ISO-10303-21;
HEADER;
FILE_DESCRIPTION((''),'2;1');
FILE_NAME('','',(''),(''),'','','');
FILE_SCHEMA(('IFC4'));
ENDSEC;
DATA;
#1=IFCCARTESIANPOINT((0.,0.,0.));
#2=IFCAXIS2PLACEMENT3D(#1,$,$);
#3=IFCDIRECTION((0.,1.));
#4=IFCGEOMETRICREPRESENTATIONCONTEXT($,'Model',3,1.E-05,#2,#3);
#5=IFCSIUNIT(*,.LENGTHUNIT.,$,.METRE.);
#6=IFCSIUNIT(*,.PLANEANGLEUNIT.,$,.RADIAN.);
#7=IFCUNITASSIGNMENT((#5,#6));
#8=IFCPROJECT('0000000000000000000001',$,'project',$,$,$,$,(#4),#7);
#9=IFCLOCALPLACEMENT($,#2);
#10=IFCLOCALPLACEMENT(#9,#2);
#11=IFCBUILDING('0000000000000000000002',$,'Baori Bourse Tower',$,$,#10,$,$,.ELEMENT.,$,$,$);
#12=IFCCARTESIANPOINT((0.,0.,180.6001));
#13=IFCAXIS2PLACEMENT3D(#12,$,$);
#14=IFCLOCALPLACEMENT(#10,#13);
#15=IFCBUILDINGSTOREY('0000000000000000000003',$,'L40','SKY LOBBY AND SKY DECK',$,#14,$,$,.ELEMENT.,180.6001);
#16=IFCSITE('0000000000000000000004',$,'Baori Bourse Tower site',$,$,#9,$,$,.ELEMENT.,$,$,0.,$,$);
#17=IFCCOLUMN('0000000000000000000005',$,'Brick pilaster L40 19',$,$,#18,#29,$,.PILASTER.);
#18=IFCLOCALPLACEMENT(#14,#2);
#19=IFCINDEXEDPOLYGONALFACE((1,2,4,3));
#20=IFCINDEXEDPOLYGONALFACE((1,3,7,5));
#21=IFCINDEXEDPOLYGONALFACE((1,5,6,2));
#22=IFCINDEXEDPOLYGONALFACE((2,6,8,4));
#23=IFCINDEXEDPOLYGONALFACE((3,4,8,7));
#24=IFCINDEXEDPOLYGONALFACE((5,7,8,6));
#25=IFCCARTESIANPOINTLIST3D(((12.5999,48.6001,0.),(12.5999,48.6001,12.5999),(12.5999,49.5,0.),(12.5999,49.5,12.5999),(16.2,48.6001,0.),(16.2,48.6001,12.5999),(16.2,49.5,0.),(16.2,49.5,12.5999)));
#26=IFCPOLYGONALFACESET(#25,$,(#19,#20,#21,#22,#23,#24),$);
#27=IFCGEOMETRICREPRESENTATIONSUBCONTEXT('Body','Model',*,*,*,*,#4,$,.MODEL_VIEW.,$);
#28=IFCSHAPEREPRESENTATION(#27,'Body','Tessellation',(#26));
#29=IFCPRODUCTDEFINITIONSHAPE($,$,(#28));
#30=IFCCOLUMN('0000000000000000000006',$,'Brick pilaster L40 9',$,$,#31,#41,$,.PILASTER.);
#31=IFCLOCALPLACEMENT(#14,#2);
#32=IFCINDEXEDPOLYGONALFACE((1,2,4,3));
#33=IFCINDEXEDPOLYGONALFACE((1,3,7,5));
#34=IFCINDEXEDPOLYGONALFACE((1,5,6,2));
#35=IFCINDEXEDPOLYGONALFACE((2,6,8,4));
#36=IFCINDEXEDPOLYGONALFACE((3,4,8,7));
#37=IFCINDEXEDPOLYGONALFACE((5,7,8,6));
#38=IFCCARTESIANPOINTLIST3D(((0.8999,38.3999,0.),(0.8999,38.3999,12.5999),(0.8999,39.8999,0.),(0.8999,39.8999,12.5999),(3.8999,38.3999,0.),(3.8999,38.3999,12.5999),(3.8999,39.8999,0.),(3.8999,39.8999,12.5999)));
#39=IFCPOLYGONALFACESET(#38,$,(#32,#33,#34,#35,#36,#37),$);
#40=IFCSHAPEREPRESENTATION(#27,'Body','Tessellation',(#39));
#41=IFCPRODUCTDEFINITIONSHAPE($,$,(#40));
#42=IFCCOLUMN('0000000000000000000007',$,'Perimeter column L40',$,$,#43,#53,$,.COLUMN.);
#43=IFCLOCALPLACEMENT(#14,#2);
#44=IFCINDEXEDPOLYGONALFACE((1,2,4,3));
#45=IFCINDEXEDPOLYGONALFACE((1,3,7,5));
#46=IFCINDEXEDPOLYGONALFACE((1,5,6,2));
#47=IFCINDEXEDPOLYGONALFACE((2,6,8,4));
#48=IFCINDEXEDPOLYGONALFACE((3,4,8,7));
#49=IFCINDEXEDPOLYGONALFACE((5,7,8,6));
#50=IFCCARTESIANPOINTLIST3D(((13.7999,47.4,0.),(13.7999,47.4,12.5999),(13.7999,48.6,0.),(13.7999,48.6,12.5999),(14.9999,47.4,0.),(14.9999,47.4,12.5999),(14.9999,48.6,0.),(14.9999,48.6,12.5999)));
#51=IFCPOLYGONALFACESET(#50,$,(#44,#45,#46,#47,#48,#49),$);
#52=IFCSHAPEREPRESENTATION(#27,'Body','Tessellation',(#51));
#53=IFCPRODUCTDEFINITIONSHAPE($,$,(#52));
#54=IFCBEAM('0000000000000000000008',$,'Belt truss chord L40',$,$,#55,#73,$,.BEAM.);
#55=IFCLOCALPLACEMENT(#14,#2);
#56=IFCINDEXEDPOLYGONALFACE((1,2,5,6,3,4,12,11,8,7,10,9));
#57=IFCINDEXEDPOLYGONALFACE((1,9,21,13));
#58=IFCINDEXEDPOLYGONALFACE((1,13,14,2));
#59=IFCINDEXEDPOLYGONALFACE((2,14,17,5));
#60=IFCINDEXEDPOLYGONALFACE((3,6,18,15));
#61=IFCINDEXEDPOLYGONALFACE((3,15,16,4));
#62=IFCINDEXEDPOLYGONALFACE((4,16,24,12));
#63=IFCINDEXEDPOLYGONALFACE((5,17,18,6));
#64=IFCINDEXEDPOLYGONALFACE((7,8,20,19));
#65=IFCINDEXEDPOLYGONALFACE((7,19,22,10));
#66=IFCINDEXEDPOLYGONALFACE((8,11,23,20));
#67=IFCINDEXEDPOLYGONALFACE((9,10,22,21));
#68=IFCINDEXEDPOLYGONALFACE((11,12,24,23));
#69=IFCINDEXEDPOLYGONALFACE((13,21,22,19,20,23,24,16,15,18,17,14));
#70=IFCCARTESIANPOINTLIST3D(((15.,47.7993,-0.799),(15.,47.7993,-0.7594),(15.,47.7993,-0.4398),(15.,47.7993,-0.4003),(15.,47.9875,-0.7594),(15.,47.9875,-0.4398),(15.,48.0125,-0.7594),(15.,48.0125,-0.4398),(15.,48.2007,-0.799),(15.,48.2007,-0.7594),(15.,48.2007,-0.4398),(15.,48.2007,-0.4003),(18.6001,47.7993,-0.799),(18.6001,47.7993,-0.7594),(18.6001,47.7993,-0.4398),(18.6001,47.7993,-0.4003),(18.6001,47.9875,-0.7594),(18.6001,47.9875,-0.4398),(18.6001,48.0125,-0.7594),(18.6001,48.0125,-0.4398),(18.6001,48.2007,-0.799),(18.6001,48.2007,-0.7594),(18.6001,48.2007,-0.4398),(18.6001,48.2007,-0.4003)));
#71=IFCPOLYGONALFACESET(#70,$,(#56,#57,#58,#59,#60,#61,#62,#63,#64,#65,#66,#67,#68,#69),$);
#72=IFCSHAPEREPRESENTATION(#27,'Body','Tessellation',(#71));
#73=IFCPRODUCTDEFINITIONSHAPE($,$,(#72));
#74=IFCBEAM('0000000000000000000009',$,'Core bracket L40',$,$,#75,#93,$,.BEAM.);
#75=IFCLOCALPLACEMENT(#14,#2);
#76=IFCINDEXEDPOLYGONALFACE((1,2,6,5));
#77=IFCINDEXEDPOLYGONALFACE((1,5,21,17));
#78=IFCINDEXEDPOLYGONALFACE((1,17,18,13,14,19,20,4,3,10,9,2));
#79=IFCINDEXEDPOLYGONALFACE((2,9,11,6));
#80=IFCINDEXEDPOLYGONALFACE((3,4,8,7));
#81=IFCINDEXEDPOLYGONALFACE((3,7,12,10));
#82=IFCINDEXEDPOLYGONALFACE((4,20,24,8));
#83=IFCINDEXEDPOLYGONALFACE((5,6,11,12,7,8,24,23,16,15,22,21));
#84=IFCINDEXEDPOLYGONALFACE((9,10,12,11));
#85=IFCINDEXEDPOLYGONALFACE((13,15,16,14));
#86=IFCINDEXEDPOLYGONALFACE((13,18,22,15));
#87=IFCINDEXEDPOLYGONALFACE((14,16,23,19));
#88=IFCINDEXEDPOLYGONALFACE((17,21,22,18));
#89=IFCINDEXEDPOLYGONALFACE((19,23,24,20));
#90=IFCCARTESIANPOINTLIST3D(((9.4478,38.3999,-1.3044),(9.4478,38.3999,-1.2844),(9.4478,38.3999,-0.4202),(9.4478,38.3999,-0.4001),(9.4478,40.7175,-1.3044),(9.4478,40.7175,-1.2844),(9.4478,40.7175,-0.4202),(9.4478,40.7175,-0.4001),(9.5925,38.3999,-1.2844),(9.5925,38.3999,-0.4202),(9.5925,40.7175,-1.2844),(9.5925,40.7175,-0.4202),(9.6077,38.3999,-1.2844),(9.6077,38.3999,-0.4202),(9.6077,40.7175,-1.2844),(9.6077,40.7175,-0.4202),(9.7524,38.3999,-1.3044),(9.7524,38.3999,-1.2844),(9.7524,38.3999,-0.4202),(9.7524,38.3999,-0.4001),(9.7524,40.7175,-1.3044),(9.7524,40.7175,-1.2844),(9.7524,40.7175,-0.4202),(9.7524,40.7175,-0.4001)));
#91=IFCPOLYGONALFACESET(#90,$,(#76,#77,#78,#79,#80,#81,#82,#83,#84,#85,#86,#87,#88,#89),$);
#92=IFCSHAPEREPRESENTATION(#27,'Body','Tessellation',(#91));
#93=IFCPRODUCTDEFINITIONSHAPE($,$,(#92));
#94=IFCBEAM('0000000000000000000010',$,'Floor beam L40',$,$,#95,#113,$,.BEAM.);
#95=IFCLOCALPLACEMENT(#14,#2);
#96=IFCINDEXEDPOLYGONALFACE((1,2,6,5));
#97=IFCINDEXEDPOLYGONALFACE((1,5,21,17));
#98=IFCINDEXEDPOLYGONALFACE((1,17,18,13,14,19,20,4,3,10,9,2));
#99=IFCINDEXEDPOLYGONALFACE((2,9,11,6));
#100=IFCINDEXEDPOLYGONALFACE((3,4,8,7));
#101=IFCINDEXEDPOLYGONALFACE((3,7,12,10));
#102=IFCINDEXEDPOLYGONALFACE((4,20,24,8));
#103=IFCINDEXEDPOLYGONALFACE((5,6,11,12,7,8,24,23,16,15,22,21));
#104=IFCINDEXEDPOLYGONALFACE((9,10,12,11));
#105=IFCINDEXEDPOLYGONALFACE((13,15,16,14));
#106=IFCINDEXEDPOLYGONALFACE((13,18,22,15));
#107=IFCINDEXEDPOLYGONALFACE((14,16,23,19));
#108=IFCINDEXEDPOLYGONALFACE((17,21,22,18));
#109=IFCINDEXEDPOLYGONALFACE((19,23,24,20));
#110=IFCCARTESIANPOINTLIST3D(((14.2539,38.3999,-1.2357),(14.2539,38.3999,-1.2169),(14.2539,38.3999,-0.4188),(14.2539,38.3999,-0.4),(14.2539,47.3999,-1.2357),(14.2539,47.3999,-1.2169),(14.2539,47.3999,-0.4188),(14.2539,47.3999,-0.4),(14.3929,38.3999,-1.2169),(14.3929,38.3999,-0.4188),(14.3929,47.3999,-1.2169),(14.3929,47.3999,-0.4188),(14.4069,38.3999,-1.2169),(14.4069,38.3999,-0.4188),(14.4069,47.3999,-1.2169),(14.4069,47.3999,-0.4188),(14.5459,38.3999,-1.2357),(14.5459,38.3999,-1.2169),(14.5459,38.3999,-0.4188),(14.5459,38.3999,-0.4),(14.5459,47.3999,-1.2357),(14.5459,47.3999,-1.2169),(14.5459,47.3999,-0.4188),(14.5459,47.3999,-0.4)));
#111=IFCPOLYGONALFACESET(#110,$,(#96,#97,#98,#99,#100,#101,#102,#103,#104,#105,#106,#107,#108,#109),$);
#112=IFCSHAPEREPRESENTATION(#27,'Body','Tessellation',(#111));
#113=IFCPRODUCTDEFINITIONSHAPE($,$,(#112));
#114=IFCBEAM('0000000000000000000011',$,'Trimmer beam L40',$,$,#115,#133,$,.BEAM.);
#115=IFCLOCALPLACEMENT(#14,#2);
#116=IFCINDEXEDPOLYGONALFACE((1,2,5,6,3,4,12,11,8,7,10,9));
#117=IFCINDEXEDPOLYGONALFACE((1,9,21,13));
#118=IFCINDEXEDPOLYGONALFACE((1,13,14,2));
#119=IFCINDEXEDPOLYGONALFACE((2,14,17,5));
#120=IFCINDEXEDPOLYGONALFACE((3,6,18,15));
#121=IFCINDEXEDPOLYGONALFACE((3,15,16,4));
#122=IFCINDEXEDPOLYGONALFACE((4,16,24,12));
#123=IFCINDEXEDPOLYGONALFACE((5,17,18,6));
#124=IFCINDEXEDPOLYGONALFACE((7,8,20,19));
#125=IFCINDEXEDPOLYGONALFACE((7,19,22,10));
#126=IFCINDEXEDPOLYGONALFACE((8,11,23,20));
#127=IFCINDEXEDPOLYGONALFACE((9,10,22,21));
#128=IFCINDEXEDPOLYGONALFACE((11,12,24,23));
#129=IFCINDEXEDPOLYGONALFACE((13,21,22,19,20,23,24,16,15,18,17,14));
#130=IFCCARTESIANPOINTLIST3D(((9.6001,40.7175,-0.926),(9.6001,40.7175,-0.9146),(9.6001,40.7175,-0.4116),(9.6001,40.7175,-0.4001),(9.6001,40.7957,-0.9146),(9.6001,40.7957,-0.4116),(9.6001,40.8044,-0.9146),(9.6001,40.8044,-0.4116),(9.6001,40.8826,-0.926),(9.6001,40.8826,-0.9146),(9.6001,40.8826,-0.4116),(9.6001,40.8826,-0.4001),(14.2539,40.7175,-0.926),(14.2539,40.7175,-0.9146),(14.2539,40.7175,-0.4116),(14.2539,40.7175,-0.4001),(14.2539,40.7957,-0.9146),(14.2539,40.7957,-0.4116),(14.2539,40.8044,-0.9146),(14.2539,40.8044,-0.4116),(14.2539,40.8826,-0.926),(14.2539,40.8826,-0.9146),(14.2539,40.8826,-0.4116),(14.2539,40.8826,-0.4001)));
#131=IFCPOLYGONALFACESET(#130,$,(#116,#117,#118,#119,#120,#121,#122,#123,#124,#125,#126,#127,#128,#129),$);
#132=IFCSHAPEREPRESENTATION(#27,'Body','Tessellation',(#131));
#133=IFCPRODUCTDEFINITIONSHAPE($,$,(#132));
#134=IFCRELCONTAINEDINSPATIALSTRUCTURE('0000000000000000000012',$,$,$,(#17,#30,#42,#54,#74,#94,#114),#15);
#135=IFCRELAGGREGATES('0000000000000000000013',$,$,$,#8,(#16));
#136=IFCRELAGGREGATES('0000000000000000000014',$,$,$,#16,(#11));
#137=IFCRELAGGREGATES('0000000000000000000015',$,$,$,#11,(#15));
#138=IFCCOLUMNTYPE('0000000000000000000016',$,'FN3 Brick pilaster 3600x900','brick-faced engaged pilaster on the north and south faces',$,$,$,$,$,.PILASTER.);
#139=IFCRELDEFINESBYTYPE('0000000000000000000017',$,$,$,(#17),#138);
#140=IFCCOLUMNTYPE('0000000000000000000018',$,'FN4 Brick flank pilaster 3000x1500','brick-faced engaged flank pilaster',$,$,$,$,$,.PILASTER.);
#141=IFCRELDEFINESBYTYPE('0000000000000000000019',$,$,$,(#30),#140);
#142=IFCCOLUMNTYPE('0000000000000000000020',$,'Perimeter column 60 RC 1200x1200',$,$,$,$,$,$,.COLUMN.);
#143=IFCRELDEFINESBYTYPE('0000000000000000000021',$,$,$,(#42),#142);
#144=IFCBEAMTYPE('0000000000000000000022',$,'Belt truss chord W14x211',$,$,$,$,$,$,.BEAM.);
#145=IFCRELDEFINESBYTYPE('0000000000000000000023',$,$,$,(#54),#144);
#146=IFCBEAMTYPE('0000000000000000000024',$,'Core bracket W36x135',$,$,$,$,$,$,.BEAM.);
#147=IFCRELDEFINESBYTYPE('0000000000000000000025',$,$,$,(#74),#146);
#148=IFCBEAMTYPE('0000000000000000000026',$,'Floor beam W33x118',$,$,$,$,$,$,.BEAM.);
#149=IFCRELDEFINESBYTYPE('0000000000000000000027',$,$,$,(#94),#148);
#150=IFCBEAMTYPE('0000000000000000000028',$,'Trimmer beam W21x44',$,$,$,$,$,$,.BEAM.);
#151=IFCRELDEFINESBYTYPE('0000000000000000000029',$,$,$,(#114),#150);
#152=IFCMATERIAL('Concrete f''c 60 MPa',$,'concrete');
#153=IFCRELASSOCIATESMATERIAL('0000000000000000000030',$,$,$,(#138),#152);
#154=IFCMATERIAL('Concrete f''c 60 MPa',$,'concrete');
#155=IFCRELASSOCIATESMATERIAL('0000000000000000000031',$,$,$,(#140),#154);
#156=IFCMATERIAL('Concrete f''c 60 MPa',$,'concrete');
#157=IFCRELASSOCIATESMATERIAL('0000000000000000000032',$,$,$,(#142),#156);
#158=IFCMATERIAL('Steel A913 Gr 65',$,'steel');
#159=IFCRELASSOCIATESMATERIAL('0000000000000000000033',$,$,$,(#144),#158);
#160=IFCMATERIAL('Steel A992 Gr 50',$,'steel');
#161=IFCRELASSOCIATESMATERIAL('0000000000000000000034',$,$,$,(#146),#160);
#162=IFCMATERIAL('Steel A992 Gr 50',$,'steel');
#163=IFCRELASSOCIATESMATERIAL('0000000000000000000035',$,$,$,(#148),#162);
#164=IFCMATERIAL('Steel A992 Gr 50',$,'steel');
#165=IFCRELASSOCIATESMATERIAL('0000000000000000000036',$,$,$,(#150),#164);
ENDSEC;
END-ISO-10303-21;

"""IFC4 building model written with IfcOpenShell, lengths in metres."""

from ifc_helpers import new_model, si_unit, direction, frame, origin, origin_2d, place, context, subcontext, project, spatial, rectangle, i_section, extrude, material, material_profile, profile_set, type_object, element, save


model = new_model("IFC4")

# Units and contexts
model_context = context("Model", 3, precision=1e-05, world=origin(), true_north=direction((0.0, 1.0)))
body_context = subcontext(model_context, "Body", "Model", "MODEL_VIEW")
ifc_project = project(units=[si_unit("LENGTHUNIT", "METRE"), si_unit("PLANEANGLEUNIT", "RADIAN")], contexts=[model_context])

# Site, building, storey
site_placement = place(None, origin())
site = spatial("IfcSite", under=ifc_project, at=site_placement, Name="Baori Bourse Tower site", CompositionType="ELEMENT", RefElevation=0.0)
building_placement = place(site_placement, origin())
building = spatial("IfcBuilding", under=site, at=building_placement, Name="Baori Bourse Tower", CompositionType="ELEMENT")
storey_placement = place(building_placement, frame((0.0, 0.0, 180.6001)))
storey = spatial("IfcBuildingStorey", under=building, at=storey_placement, Name="L40", Description="SKY LOBBY AND SKY DECK", CompositionType="ELEMENT", Elevation=180.6001)

# Columns
ifc_material_1 = material(Name="Concrete f'c 60 MPa", Category="concrete")
ifc_material_profile_1 = material_profile(ifc_material_1, rectangle(XDim=3.6001, YDim=0.8999, at=origin_2d()), Name="RC 3600x900")
ifc_profile_set_1 = profile_set([ifc_material_profile_1], Name="Concrete f'c 60 MPa")
column_type_1 = type_object("IfcColumnType", Name="FN3 Brick pilaster 3600x900", Description="brick-faced engaged pilaster on the north and south faces", PredefinedType="PILASTER", material=ifc_profile_set_1)
column_1_placement = place(storey_placement, frame((14.3999, 49.05, 0.0), z_axis=(0.0, 0.0, 1.0), x_axis=(1.0, 0.0, 0.0)))
element("IfcColumn", 1, at=column_1_placement, inside=storey, type_object=column_type_1, Name="Brick pilaster L40 19", PredefinedType="PILASTER", context=body_context, shape_type="SweptSolid", body=[
    extrude(rectangle(XDim=3.6001, YDim=0.8999, at=origin_2d()), origin(), (0.0, 0.0, 1.0), 12.5999),
])
ifc_material_2 = material(Name="Concrete f'c 60 MPa", Category="concrete")
ifc_material_profile_2 = material_profile(ifc_material_2, rectangle(XDim=3.0, YDim=1.5, at=origin_2d()), Name="RC 3000x1500")
ifc_profile_set_2 = profile_set([ifc_material_profile_2], Name="Concrete f'c 60 MPa")
column_type_2 = type_object("IfcColumnType", Name="FN4 Brick flank pilaster 3000x1500", Description="brick-faced engaged flank pilaster", PredefinedType="PILASTER", material=ifc_profile_set_2)
column_2_placement = place(storey_placement, frame((2.3999, 39.1499, 0.0), z_axis=(0.0, 0.0, 1.0), x_axis=(1.0, 0.0, 0.0)))
element("IfcColumn", 2, at=column_2_placement, inside=storey, type_object=column_type_2, Name="Brick pilaster L40 9", PredefinedType="PILASTER", context=body_context, shape_type="SweptSolid", body=[
    extrude(rectangle(XDim=3.0, YDim=1.5, at=origin_2d()), origin(), (0.0, 0.0, 1.0), 12.5999),
])
ifc_material_3 = material(Name="Concrete f'c 60 MPa", Category="concrete")
ifc_material_profile_3 = material_profile(ifc_material_3, rectangle(XDim=1.2, YDim=1.2, at=origin_2d()), Name="RC 1200x1200")
ifc_profile_set_3 = profile_set([ifc_material_profile_3], Name="Concrete f'c 60 MPa")
column_type_3 = type_object("IfcColumnType", Name="Perimeter column 60 RC 1200x1200", PredefinedType="COLUMN", material=ifc_profile_set_3)
column_3_placement = place(storey_placement, frame((14.3999, 48.0, 0.0), z_axis=(0.0, 0.0, 1.0), x_axis=(1.0, 0.0, 0.0)))
element("IfcColumn", 3, at=column_3_placement, inside=storey, type_object=column_type_3, Name="Perimeter column L40", PredefinedType="COLUMN", context=body_context, shape_type="SweptSolid", body=[
    extrude(rectangle(XDim=1.2, YDim=1.2, at=origin_2d()), origin(), (0.0, 0.0, 1.0), 12.5999),
])

# Beams
ifc_material_4 = material(Name="Steel A913 Gr 65", Category="steel")
ifc_material_profile_4 = material_profile(ifc_material_4, i_section(OverallWidth=0.4014, OverallDepth=0.3987, WebThickness=0.0249, FlangeThickness=0.0396, at=origin_2d()), Name="W14x211")
ifc_profile_set_4 = profile_set([ifc_material_profile_4], Name="Steel A913 Gr 65")
beam_type_1 = type_object("IfcBeamType", Name="Belt truss chord W14x211", PredefinedType="BEAM", material=ifc_profile_set_4)
beam_1_placement = place(storey_placement, frame((15.0, 48.0, -0.5996), z_axis=(1.0, 0.0, 0.0), x_axis=(0.0, 1.0, 0.0)))
element("IfcBeam", 4, at=beam_1_placement, inside=storey, type_object=beam_type_1, Name="Belt truss chord L40", PredefinedType="BEAM", context=body_context, shape_type="SweptSolid", body=[
    extrude(i_section(OverallWidth=0.4014, OverallDepth=0.3987, WebThickness=0.0249, FlangeThickness=0.0396, at=origin_2d()), origin(), (0.0, 0.0, 1.0), 3.6001),
])
ifc_material_5 = material(Name="Steel A992 Gr 50", Category="steel")
ifc_material_profile_5 = material_profile(ifc_material_5, i_section(OverallWidth=0.3047, OverallDepth=0.9043, WebThickness=0.0151, FlangeThickness=0.02, at=origin_2d()), Name="W36x135")
ifc_profile_set_5 = profile_set([ifc_material_profile_5], Name="Steel A992 Gr 50")
beam_type_2 = type_object("IfcBeamType", Name="Core bracket W36x135", PredefinedType="BEAM", material=ifc_profile_set_5)
beam_2_placement = place(storey_placement, frame((9.6001, 38.3999, -0.8523), z_axis=(0.0, 1.0, 0.0), x_axis=(-1.0, 0.0, 0.0)))
element("IfcBeam", 5, at=beam_2_placement, inside=storey, type_object=beam_type_2, Name="Core bracket L40", PredefinedType="BEAM", context=body_context, shape_type="SweptSolid", body=[
    extrude(i_section(OverallWidth=0.3047, OverallDepth=0.9043, WebThickness=0.0151, FlangeThickness=0.02, at=origin_2d()), origin(), (0.0, 0.0, 1.0), 2.3176),
])
ifc_material_6 = material(Name="Steel A992 Gr 50", Category="steel")
ifc_material_profile_6 = material_profile(ifc_material_6, i_section(OverallWidth=0.292, OverallDepth=0.8357, WebThickness=0.0139, FlangeThickness=0.0188, at=origin_2d()), Name="W33x118")
ifc_profile_set_6 = profile_set([ifc_material_profile_6], Name="Steel A992 Gr 50")
beam_type_3 = type_object("IfcBeamType", Name="Floor beam W33x118", PredefinedType="BEAM", material=ifc_profile_set_6)
beam_3_placement = place(storey_placement, frame((14.3999, 38.3999, -0.8179), z_axis=(0.0, 1.0, 0.0), x_axis=(-1.0, 0.0, 0.0)))
element("IfcBeam", 6, at=beam_3_placement, inside=storey, type_object=beam_type_3, Name="Floor beam L40", PredefinedType="BEAM", context=body_context, shape_type="SweptSolid", body=[
    extrude(i_section(OverallWidth=0.292, OverallDepth=0.8357, WebThickness=0.0139, FlangeThickness=0.0188, at=origin_2d()), origin(), (0.0, 0.0, 1.0), 9.0),
])
ifc_material_7 = material(Name="Steel A992 Gr 50", Category="steel")
ifc_material_profile_7 = material_profile(ifc_material_7, i_section(OverallWidth=0.165, OverallDepth=0.5259, WebThickness=0.0088, FlangeThickness=0.0115, at=origin_2d()), Name="W21x44")
ifc_profile_set_7 = profile_set([ifc_material_profile_7], Name="Steel A992 Gr 50")
beam_type_4 = type_object("IfcBeamType", Name="Trimmer beam W21x44", PredefinedType="BEAM", material=ifc_profile_set_7)
beam_4_placement = place(storey_placement, frame((9.6001, 40.8, -0.6631), z_axis=(1.0, 0.0, 0.0), x_axis=(0.0, 1.0, 0.0)))
element("IfcBeam", 7, at=beam_4_placement, inside=storey, type_object=beam_type_4, Name="Trimmer beam L40", PredefinedType="BEAM", context=body_context, shape_type="SweptSolid", body=[
    extrude(i_section(OverallWidth=0.165, OverallDepth=0.5259, WebThickness=0.0088, FlangeThickness=0.0115, at=origin_2d()), origin(), (0.0, 0.0, 1.0), 4.6538),
])

save(model, "model.ifc")
